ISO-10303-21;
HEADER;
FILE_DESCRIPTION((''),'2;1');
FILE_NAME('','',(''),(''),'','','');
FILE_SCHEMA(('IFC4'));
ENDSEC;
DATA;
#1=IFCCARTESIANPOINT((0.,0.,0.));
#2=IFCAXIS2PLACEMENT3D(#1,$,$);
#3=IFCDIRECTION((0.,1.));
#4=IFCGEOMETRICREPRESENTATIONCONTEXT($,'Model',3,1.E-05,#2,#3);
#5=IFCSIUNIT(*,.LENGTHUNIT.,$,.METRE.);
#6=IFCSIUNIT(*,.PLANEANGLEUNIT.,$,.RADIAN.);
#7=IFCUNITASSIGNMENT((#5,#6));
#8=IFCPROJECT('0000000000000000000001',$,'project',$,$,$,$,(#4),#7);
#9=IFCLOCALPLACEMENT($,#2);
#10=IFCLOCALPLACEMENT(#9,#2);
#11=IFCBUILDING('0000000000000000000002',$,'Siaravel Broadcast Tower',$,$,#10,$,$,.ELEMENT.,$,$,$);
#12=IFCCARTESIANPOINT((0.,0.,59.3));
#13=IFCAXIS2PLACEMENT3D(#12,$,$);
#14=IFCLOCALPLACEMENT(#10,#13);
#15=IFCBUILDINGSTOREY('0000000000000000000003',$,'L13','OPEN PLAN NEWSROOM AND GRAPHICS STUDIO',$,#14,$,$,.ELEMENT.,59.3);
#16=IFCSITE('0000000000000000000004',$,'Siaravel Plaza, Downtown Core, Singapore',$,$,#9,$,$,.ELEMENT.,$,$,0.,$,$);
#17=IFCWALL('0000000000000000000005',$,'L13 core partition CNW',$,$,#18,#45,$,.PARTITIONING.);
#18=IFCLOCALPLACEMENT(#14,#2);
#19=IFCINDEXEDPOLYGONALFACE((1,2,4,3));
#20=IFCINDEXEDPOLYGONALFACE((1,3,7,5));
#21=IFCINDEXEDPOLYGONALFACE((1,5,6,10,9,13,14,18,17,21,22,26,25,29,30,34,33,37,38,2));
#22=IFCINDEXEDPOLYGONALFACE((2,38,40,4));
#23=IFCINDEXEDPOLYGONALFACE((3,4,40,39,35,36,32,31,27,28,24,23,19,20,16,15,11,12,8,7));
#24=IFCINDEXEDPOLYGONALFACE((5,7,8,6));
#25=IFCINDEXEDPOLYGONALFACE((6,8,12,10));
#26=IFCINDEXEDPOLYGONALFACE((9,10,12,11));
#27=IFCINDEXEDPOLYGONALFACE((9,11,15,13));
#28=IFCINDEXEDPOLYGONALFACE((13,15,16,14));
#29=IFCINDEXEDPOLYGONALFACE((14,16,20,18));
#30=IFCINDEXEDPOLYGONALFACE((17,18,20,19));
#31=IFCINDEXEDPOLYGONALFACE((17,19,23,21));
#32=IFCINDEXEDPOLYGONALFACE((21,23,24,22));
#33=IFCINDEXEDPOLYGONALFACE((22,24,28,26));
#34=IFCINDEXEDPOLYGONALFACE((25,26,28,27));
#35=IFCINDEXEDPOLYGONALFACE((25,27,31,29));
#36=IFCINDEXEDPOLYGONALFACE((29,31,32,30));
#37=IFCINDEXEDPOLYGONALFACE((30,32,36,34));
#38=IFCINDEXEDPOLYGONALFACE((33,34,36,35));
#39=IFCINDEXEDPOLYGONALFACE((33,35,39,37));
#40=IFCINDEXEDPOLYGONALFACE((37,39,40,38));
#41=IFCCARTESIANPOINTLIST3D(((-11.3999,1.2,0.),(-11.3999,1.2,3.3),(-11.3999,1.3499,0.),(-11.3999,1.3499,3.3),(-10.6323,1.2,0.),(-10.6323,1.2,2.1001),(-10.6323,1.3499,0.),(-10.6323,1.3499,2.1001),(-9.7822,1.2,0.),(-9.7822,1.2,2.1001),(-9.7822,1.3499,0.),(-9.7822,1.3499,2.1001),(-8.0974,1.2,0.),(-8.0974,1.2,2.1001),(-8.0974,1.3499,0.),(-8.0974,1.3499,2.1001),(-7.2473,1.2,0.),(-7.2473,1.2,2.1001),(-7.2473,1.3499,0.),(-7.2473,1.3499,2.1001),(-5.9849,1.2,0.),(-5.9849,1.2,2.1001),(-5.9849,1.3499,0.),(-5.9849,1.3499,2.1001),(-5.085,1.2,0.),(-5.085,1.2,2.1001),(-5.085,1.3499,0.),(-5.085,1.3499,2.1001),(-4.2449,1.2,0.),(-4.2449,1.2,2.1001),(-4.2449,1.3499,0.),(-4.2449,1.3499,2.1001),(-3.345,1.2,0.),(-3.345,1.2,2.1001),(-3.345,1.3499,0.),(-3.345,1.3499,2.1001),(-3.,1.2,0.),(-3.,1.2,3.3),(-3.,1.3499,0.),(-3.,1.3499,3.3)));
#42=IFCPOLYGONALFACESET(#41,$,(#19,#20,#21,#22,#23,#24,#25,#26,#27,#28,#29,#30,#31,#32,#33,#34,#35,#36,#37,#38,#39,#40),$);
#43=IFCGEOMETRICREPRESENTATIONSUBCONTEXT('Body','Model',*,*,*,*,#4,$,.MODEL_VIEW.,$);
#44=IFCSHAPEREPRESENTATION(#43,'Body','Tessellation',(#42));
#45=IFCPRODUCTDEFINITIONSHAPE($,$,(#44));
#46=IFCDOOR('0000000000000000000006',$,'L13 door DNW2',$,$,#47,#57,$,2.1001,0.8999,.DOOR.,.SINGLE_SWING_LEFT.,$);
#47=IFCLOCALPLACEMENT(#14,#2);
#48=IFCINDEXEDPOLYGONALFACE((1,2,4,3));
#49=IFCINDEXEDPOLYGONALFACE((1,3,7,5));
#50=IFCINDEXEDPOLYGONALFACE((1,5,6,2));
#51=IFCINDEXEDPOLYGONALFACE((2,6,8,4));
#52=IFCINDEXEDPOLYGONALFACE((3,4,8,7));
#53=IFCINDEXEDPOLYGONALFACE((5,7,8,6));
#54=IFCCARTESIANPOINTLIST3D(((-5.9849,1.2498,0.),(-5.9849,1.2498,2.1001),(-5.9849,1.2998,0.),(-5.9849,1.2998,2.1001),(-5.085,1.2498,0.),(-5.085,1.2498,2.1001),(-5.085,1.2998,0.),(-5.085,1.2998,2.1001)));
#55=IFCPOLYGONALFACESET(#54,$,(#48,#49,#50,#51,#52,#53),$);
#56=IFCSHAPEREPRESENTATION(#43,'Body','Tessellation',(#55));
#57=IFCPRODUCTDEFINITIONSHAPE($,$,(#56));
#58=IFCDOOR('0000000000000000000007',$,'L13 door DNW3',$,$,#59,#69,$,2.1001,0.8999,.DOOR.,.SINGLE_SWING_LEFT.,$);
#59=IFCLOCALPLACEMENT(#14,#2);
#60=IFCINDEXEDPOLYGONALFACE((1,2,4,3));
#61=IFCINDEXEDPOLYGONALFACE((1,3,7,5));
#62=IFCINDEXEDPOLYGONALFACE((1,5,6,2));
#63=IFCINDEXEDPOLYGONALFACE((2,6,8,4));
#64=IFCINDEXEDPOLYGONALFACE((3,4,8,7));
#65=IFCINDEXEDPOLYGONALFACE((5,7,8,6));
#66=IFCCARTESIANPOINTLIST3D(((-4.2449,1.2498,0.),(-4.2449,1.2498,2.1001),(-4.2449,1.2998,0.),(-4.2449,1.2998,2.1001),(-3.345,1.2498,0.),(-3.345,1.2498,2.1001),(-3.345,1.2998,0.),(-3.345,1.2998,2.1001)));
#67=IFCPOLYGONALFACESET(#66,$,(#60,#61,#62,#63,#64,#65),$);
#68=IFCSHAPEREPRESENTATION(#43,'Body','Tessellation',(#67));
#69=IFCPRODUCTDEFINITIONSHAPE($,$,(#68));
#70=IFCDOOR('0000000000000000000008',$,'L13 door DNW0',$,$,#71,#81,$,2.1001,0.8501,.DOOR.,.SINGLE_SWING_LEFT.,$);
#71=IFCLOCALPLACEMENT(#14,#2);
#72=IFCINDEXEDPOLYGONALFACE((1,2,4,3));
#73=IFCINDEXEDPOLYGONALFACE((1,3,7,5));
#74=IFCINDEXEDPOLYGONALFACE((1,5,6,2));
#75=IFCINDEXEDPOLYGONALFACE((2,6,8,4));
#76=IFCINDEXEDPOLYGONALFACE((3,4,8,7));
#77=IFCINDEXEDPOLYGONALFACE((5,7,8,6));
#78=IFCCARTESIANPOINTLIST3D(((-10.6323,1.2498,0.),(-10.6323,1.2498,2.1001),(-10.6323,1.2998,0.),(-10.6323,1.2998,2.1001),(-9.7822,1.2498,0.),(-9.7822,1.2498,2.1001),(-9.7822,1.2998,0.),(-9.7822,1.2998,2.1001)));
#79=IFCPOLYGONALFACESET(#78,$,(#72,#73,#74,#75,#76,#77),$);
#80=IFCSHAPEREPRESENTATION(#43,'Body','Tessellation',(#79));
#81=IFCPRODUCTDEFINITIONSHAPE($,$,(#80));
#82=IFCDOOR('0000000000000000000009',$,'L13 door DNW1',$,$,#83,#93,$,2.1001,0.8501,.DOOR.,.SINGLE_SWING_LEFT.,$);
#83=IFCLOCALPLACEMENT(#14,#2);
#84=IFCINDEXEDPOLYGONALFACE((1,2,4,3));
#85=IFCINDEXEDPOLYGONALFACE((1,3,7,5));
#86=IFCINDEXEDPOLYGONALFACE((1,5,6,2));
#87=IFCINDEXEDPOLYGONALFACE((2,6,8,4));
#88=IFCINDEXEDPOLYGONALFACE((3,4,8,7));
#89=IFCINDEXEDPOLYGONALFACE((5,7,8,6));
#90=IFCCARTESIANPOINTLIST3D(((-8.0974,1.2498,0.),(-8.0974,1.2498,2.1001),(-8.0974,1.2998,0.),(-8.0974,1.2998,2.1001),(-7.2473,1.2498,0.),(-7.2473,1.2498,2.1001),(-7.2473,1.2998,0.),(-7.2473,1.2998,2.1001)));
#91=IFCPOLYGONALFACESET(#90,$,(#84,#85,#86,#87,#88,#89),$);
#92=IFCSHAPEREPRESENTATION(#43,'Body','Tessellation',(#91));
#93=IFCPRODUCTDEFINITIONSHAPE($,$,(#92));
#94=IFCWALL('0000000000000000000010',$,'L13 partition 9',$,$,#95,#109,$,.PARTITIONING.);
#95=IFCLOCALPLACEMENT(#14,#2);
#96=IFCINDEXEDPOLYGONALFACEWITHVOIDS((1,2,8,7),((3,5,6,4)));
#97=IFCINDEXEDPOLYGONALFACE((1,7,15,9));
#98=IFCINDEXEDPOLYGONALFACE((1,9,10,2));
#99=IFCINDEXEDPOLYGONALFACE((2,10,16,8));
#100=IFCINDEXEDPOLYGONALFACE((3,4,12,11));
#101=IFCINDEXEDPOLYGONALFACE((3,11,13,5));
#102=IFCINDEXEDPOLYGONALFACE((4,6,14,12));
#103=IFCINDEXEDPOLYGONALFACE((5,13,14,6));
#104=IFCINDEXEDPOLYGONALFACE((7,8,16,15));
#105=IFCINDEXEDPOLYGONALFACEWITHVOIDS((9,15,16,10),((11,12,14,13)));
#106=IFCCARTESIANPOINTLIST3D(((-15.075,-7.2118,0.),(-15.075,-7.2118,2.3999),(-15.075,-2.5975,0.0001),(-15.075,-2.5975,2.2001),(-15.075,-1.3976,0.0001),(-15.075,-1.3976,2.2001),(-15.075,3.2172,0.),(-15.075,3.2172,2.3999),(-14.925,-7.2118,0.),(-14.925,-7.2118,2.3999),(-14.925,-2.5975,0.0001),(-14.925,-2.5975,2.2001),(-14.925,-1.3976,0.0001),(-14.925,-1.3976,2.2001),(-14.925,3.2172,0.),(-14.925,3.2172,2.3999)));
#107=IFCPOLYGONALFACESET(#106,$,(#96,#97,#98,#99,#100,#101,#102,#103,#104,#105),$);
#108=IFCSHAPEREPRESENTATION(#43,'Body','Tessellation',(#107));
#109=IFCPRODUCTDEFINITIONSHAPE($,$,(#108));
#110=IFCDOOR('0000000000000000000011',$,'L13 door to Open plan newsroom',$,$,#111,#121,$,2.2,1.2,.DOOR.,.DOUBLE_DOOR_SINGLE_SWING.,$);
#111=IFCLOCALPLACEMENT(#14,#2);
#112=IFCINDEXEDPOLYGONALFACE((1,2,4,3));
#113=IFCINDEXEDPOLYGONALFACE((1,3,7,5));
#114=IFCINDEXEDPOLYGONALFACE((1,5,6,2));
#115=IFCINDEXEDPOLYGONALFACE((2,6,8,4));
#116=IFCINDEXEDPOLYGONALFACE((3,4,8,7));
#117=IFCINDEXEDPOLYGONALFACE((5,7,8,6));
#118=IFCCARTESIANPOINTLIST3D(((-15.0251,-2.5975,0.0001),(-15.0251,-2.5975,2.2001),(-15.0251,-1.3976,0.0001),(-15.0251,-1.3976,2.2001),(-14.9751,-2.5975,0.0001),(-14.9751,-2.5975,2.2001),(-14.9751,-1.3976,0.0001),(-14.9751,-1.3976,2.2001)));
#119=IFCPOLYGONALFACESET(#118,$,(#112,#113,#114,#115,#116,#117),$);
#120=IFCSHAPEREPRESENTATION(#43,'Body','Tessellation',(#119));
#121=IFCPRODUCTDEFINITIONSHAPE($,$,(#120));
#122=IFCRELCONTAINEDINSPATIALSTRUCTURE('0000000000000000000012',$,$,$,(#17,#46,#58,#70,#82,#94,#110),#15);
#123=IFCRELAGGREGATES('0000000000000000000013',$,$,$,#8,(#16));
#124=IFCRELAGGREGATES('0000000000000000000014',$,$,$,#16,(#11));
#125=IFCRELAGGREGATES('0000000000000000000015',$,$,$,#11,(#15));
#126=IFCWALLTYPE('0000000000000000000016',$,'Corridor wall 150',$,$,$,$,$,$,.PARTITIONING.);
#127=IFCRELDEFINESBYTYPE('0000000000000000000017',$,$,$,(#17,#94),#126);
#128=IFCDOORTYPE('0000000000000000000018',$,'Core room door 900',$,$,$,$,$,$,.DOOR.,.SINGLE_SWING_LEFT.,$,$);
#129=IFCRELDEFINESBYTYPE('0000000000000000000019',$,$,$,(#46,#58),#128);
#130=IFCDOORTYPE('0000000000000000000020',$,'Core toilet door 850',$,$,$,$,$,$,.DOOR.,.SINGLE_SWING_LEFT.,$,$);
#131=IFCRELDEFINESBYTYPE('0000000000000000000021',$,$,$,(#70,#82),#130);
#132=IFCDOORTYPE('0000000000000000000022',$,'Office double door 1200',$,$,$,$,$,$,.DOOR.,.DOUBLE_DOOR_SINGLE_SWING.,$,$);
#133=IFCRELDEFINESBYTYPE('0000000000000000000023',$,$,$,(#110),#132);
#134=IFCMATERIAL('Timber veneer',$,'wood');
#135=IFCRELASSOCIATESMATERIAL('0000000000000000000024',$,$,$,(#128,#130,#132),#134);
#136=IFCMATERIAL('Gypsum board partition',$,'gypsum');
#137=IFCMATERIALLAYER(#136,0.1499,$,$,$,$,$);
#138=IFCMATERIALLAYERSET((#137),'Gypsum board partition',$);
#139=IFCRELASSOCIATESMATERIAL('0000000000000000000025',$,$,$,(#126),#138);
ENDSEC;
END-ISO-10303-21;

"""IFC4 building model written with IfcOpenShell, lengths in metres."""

from ifc_helpers import new_model, si_unit, direction, frame, frame_2d, origin, place, context, subcontext, project, spatial, rectangle, extrude, material, layer, layer_set, type_object, element, fill, save


model = new_model("IFC4")

# Units and contexts
model_context = context("Model", 3, precision=1e-05, world=origin(), true_north=direction((0.0, 1.0)))
body_context = subcontext(model_context, "Body", "Model", "MODEL_VIEW")
ifc_project = project(units=[si_unit("LENGTHUNIT", "METRE"), si_unit("PLANEANGLEUNIT", "RADIAN")], contexts=[model_context])

# Site, building, storey
site_placement = place(None, origin())
site = spatial("IfcSite", under=ifc_project, at=site_placement, Name="Siaravel Plaza, Downtown Core, Singapore", CompositionType="ELEMENT", RefElevation=0.0)
building_placement = place(site_placement, origin())
building = spatial("IfcBuilding", under=site, at=building_placement, Name="Siaravel Broadcast Tower", CompositionType="ELEMENT")
storey_placement = place(building_placement, frame((0.0, 0.0, 59.3)))
storey = spatial("IfcBuildingStorey", under=building, at=storey_placement, Name="L13", Description="OPEN PLAN NEWSROOM AND GRAPHICS STUDIO", CompositionType="ELEMENT", Elevation=59.3)

# Wall, openings, doors
ifc_material_1 = material(Name="Timber veneer", Category="wood")
door_type_1 = type_object("IfcDoorType", Name="Core room door 900", OperationType="SINGLE_SWING_LEFT", PredefinedType="DOOR", material=ifc_material_1)
ifc_material_2 = material(Name="Gypsum board partition", Category="gypsum")
ifc_layer_1 = layer(ifc_material_2, 0.1499)
ifc_layer_set_1 = layer_set([ifc_layer_1], Name="Gypsum board partition")
wall_type_1 = type_object("IfcWallType", Name="Corridor wall 150", PredefinedType="PARTITIONING", material=ifc_layer_set_1)
wall_1_placement = place(storey_placement, frame((-11.3999, 1.2749, 0.0), z_axis=(0.0, 0.0, 1.0), x_axis=(1.0, 0.0, 0.0)))
wall_1 = element("IfcWall", 1, at=wall_1_placement, inside=storey, type_object=wall_type_1, Name="L13 core partition CNW", PredefinedType="PARTITIONING", context=body_context, shape_type="SweptSolid", body=[
    extrude(rectangle(XDim=8.3999, YDim=0.1499, at=frame_2d((4.2, 0.0))), origin(), (0.0, 0.0, 1.0), 3.3),
])
opening_1_placement = place(wall_1_placement, frame((0.7676, 0.0, 0.0)))
opening_1 = element("IfcOpeningElement", 2, at=opening_1_placement, cuts=wall_1, PredefinedType="OPENING", context=body_context, shape_type="SweptSolid", body=[
    extrude(rectangle(XDim=0.8501, YDim=2.1001, at=frame_2d((0.425, 1.05))), frame((0.0, 0.085, 0.0), z_axis=(0.0, -1.0, 0.0), x_axis=(1.0, 0.0, 0.0)), (0.0, 0.0, 1.0), 0.1699),
])
opening_2_placement = place(wall_1_placement, frame((3.3025, 0.0, 0.0)))
opening_2 = element("IfcOpeningElement", 3, at=opening_2_placement, cuts=wall_1, PredefinedType="OPENING", context=body_context, shape_type="SweptSolid", body=[
    extrude(rectangle(XDim=0.8501, YDim=2.1001, at=frame_2d((0.425, 1.05))), frame((0.0, 0.085, 0.0), z_axis=(0.0, -1.0, 0.0), x_axis=(1.0, 0.0, 0.0)), (0.0, 0.0, 1.0), 0.1699),
])
opening_3_placement = place(wall_1_placement, frame((5.415, 0.0, 0.0)))
opening_3 = element("IfcOpeningElement", 4, at=opening_3_placement, cuts=wall_1, PredefinedType="OPENING", context=body_context, shape_type="SweptSolid", body=[
    extrude(rectangle(XDim=0.8999, YDim=2.1001, at=frame_2d((0.45, 1.05))), frame((0.0, 0.085, 0.0), z_axis=(0.0, -1.0, 0.0), x_axis=(1.0, 0.0, 0.0)), (0.0, 0.0, 1.0), 0.1699),
])
opening_4_placement = place(wall_1_placement, frame((7.155, 0.0, 0.0)))
opening_4 = element("IfcOpeningElement", 5, at=opening_4_placement, cuts=wall_1, PredefinedType="OPENING", context=body_context, shape_type="SweptSolid", body=[
    extrude(rectangle(XDim=0.8999, YDim=2.1001, at=frame_2d((0.45, 1.05))), frame((0.0, 0.085, 0.0), z_axis=(0.0, -1.0, 0.0), x_axis=(1.0, 0.0, 0.0)), (0.0, 0.0, 1.0), 0.1699),
])
door_1_placement = place(opening_3_placement, origin())
door_1 = element("IfcDoor", 6, at=door_1_placement, inside=storey, type_object=door_type_1, Name="L13 door DNW2", OperationType="SINGLE_SWING_LEFT", OverallHeight=2.1001, OverallWidth=0.8999, PredefinedType="DOOR", context=body_context, shape_type="SweptSolid", body=[
    extrude(rectangle(XDim=0.8999, YDim=2.1001, at=frame_2d((0.45, 1.05))), frame((0.0, 0.0249, 0.0), z_axis=(0.0, -1.0, 0.0), x_axis=(1.0, 0.0, 0.0)), (0.0, 0.0, 1.0), 0.05),
])
fill(opening_3, door_1)
door_2_placement = place(opening_4_placement, origin())
door_2 = element("IfcDoor", 7, at=door_2_placement, inside=storey, type_object=door_type_1, Name="L13 door DNW3", OperationType="SINGLE_SWING_LEFT", OverallHeight=2.1001, OverallWidth=0.8999, PredefinedType="DOOR", context=body_context, shape_type="SweptSolid", body=[
    extrude(rectangle(XDim=0.8999, YDim=2.1001, at=frame_2d((0.45, 1.05))), frame((0.0, 0.0249, 0.0), z_axis=(0.0, -1.0, 0.0), x_axis=(1.0, 0.0, 0.0)), (0.0, 0.0, 1.0), 0.05),
])
fill(opening_4, door_2)
door_type_2 = type_object("IfcDoorType", Name="Core toilet door 850", OperationType="SINGLE_SWING_LEFT", PredefinedType="DOOR", material=ifc_material_1)
door_3_placement = place(opening_1_placement, origin())
door_3 = element("IfcDoor", 8, at=door_3_placement, inside=storey, type_object=door_type_2, Name="L13 door DNW0", OperationType="SINGLE_SWING_LEFT", OverallHeight=2.1001, OverallWidth=0.8501, PredefinedType="DOOR", context=body_context, shape_type="SweptSolid", body=[
    extrude(rectangle(XDim=0.8501, YDim=2.1001, at=frame_2d((0.425, 1.05))), frame((0.0, 0.0249, 0.0), z_axis=(0.0, -1.0, 0.0), x_axis=(1.0, 0.0, 0.0)), (0.0, 0.0, 1.0), 0.05),
])
fill(opening_1, door_3)
door_4_placement = place(opening_2_placement, origin())
door_4 = element("IfcDoor", 9, at=door_4_placement, inside=storey, type_object=door_type_2, Name="L13 door DNW1", OperationType="SINGLE_SWING_LEFT", OverallHeight=2.1001, OverallWidth=0.8501, PredefinedType="DOOR", context=body_context, shape_type="SweptSolid", body=[
    extrude(rectangle(XDim=0.8501, YDim=2.1001, at=frame_2d((0.425, 1.05))), frame((0.0, 0.0249, 0.0), z_axis=(0.0, -1.0, 0.0), x_axis=(1.0, 0.0, 0.0)), (0.0, 0.0, 1.0), 0.05),
])
fill(opening_2, door_4)

# Wall, opening, door
wall_2_placement = place(storey_placement, frame((-15.0, 3.217, 0.0), z_axis=(0.0, 0.0, 1.0), x_axis=(0.0, -1.0, 0.0)))
wall_2 = element("IfcWall", 10, at=wall_2_placement, inside=storey, type_object=wall_type_1, Name="L13 partition 9", PredefinedType="PARTITIONING", context=body_context, shape_type="SweptSolid", body=[
    extrude(rectangle(XDim=10.429, YDim=0.1499, at=frame_2d((5.2144, 0.0))), origin(), (0.0, 0.0, 1.0), 2.3999),
])
opening_5_placement = place(wall_2_placement, frame((4.6145, 0.0, 0.0)))
opening_5 = element("IfcOpeningElement", 11, at=opening_5_placement, cuts=wall_2, PredefinedType="OPENING", context=body_context, shape_type="SweptSolid", body=[
    extrude(rectangle(XDim=1.2, YDim=2.2, at=frame_2d((0.6001, 1.1001))), frame((0.0, 0.085, 0.0), z_axis=(0.0, -1.0, 0.0), x_axis=(1.0, 0.0, 0.0)), (0.0, 0.0, 1.0), 0.1699),
])
door_type_3 = type_object("IfcDoorType", Name="Office double door 1200", OperationType="DOUBLE_DOOR_SINGLE_SWING", PredefinedType="DOOR", material=ifc_material_1)
door_5_placement = place(opening_5_placement, origin())
door_5 = element("IfcDoor", 12, at=door_5_placement, inside=storey, type_object=door_type_3, Name="L13 door to Open plan newsroom", OperationType="DOUBLE_DOOR_SINGLE_SWING", OverallHeight=2.2, OverallWidth=1.2, PredefinedType="DOOR", context=body_context, shape_type="SweptSolid", body=[
    extrude(rectangle(XDim=1.2, YDim=2.2, at=frame_2d((0.6001, 1.1001))), frame((0.0, 0.0249, 0.0), z_axis=(0.0, -1.0, 0.0), x_axis=(1.0, 0.0, 0.0)), (0.0, 0.0, 1.0), 0.05),
])
fill(opening_5, door_5)

save(model, "model.ifc")
